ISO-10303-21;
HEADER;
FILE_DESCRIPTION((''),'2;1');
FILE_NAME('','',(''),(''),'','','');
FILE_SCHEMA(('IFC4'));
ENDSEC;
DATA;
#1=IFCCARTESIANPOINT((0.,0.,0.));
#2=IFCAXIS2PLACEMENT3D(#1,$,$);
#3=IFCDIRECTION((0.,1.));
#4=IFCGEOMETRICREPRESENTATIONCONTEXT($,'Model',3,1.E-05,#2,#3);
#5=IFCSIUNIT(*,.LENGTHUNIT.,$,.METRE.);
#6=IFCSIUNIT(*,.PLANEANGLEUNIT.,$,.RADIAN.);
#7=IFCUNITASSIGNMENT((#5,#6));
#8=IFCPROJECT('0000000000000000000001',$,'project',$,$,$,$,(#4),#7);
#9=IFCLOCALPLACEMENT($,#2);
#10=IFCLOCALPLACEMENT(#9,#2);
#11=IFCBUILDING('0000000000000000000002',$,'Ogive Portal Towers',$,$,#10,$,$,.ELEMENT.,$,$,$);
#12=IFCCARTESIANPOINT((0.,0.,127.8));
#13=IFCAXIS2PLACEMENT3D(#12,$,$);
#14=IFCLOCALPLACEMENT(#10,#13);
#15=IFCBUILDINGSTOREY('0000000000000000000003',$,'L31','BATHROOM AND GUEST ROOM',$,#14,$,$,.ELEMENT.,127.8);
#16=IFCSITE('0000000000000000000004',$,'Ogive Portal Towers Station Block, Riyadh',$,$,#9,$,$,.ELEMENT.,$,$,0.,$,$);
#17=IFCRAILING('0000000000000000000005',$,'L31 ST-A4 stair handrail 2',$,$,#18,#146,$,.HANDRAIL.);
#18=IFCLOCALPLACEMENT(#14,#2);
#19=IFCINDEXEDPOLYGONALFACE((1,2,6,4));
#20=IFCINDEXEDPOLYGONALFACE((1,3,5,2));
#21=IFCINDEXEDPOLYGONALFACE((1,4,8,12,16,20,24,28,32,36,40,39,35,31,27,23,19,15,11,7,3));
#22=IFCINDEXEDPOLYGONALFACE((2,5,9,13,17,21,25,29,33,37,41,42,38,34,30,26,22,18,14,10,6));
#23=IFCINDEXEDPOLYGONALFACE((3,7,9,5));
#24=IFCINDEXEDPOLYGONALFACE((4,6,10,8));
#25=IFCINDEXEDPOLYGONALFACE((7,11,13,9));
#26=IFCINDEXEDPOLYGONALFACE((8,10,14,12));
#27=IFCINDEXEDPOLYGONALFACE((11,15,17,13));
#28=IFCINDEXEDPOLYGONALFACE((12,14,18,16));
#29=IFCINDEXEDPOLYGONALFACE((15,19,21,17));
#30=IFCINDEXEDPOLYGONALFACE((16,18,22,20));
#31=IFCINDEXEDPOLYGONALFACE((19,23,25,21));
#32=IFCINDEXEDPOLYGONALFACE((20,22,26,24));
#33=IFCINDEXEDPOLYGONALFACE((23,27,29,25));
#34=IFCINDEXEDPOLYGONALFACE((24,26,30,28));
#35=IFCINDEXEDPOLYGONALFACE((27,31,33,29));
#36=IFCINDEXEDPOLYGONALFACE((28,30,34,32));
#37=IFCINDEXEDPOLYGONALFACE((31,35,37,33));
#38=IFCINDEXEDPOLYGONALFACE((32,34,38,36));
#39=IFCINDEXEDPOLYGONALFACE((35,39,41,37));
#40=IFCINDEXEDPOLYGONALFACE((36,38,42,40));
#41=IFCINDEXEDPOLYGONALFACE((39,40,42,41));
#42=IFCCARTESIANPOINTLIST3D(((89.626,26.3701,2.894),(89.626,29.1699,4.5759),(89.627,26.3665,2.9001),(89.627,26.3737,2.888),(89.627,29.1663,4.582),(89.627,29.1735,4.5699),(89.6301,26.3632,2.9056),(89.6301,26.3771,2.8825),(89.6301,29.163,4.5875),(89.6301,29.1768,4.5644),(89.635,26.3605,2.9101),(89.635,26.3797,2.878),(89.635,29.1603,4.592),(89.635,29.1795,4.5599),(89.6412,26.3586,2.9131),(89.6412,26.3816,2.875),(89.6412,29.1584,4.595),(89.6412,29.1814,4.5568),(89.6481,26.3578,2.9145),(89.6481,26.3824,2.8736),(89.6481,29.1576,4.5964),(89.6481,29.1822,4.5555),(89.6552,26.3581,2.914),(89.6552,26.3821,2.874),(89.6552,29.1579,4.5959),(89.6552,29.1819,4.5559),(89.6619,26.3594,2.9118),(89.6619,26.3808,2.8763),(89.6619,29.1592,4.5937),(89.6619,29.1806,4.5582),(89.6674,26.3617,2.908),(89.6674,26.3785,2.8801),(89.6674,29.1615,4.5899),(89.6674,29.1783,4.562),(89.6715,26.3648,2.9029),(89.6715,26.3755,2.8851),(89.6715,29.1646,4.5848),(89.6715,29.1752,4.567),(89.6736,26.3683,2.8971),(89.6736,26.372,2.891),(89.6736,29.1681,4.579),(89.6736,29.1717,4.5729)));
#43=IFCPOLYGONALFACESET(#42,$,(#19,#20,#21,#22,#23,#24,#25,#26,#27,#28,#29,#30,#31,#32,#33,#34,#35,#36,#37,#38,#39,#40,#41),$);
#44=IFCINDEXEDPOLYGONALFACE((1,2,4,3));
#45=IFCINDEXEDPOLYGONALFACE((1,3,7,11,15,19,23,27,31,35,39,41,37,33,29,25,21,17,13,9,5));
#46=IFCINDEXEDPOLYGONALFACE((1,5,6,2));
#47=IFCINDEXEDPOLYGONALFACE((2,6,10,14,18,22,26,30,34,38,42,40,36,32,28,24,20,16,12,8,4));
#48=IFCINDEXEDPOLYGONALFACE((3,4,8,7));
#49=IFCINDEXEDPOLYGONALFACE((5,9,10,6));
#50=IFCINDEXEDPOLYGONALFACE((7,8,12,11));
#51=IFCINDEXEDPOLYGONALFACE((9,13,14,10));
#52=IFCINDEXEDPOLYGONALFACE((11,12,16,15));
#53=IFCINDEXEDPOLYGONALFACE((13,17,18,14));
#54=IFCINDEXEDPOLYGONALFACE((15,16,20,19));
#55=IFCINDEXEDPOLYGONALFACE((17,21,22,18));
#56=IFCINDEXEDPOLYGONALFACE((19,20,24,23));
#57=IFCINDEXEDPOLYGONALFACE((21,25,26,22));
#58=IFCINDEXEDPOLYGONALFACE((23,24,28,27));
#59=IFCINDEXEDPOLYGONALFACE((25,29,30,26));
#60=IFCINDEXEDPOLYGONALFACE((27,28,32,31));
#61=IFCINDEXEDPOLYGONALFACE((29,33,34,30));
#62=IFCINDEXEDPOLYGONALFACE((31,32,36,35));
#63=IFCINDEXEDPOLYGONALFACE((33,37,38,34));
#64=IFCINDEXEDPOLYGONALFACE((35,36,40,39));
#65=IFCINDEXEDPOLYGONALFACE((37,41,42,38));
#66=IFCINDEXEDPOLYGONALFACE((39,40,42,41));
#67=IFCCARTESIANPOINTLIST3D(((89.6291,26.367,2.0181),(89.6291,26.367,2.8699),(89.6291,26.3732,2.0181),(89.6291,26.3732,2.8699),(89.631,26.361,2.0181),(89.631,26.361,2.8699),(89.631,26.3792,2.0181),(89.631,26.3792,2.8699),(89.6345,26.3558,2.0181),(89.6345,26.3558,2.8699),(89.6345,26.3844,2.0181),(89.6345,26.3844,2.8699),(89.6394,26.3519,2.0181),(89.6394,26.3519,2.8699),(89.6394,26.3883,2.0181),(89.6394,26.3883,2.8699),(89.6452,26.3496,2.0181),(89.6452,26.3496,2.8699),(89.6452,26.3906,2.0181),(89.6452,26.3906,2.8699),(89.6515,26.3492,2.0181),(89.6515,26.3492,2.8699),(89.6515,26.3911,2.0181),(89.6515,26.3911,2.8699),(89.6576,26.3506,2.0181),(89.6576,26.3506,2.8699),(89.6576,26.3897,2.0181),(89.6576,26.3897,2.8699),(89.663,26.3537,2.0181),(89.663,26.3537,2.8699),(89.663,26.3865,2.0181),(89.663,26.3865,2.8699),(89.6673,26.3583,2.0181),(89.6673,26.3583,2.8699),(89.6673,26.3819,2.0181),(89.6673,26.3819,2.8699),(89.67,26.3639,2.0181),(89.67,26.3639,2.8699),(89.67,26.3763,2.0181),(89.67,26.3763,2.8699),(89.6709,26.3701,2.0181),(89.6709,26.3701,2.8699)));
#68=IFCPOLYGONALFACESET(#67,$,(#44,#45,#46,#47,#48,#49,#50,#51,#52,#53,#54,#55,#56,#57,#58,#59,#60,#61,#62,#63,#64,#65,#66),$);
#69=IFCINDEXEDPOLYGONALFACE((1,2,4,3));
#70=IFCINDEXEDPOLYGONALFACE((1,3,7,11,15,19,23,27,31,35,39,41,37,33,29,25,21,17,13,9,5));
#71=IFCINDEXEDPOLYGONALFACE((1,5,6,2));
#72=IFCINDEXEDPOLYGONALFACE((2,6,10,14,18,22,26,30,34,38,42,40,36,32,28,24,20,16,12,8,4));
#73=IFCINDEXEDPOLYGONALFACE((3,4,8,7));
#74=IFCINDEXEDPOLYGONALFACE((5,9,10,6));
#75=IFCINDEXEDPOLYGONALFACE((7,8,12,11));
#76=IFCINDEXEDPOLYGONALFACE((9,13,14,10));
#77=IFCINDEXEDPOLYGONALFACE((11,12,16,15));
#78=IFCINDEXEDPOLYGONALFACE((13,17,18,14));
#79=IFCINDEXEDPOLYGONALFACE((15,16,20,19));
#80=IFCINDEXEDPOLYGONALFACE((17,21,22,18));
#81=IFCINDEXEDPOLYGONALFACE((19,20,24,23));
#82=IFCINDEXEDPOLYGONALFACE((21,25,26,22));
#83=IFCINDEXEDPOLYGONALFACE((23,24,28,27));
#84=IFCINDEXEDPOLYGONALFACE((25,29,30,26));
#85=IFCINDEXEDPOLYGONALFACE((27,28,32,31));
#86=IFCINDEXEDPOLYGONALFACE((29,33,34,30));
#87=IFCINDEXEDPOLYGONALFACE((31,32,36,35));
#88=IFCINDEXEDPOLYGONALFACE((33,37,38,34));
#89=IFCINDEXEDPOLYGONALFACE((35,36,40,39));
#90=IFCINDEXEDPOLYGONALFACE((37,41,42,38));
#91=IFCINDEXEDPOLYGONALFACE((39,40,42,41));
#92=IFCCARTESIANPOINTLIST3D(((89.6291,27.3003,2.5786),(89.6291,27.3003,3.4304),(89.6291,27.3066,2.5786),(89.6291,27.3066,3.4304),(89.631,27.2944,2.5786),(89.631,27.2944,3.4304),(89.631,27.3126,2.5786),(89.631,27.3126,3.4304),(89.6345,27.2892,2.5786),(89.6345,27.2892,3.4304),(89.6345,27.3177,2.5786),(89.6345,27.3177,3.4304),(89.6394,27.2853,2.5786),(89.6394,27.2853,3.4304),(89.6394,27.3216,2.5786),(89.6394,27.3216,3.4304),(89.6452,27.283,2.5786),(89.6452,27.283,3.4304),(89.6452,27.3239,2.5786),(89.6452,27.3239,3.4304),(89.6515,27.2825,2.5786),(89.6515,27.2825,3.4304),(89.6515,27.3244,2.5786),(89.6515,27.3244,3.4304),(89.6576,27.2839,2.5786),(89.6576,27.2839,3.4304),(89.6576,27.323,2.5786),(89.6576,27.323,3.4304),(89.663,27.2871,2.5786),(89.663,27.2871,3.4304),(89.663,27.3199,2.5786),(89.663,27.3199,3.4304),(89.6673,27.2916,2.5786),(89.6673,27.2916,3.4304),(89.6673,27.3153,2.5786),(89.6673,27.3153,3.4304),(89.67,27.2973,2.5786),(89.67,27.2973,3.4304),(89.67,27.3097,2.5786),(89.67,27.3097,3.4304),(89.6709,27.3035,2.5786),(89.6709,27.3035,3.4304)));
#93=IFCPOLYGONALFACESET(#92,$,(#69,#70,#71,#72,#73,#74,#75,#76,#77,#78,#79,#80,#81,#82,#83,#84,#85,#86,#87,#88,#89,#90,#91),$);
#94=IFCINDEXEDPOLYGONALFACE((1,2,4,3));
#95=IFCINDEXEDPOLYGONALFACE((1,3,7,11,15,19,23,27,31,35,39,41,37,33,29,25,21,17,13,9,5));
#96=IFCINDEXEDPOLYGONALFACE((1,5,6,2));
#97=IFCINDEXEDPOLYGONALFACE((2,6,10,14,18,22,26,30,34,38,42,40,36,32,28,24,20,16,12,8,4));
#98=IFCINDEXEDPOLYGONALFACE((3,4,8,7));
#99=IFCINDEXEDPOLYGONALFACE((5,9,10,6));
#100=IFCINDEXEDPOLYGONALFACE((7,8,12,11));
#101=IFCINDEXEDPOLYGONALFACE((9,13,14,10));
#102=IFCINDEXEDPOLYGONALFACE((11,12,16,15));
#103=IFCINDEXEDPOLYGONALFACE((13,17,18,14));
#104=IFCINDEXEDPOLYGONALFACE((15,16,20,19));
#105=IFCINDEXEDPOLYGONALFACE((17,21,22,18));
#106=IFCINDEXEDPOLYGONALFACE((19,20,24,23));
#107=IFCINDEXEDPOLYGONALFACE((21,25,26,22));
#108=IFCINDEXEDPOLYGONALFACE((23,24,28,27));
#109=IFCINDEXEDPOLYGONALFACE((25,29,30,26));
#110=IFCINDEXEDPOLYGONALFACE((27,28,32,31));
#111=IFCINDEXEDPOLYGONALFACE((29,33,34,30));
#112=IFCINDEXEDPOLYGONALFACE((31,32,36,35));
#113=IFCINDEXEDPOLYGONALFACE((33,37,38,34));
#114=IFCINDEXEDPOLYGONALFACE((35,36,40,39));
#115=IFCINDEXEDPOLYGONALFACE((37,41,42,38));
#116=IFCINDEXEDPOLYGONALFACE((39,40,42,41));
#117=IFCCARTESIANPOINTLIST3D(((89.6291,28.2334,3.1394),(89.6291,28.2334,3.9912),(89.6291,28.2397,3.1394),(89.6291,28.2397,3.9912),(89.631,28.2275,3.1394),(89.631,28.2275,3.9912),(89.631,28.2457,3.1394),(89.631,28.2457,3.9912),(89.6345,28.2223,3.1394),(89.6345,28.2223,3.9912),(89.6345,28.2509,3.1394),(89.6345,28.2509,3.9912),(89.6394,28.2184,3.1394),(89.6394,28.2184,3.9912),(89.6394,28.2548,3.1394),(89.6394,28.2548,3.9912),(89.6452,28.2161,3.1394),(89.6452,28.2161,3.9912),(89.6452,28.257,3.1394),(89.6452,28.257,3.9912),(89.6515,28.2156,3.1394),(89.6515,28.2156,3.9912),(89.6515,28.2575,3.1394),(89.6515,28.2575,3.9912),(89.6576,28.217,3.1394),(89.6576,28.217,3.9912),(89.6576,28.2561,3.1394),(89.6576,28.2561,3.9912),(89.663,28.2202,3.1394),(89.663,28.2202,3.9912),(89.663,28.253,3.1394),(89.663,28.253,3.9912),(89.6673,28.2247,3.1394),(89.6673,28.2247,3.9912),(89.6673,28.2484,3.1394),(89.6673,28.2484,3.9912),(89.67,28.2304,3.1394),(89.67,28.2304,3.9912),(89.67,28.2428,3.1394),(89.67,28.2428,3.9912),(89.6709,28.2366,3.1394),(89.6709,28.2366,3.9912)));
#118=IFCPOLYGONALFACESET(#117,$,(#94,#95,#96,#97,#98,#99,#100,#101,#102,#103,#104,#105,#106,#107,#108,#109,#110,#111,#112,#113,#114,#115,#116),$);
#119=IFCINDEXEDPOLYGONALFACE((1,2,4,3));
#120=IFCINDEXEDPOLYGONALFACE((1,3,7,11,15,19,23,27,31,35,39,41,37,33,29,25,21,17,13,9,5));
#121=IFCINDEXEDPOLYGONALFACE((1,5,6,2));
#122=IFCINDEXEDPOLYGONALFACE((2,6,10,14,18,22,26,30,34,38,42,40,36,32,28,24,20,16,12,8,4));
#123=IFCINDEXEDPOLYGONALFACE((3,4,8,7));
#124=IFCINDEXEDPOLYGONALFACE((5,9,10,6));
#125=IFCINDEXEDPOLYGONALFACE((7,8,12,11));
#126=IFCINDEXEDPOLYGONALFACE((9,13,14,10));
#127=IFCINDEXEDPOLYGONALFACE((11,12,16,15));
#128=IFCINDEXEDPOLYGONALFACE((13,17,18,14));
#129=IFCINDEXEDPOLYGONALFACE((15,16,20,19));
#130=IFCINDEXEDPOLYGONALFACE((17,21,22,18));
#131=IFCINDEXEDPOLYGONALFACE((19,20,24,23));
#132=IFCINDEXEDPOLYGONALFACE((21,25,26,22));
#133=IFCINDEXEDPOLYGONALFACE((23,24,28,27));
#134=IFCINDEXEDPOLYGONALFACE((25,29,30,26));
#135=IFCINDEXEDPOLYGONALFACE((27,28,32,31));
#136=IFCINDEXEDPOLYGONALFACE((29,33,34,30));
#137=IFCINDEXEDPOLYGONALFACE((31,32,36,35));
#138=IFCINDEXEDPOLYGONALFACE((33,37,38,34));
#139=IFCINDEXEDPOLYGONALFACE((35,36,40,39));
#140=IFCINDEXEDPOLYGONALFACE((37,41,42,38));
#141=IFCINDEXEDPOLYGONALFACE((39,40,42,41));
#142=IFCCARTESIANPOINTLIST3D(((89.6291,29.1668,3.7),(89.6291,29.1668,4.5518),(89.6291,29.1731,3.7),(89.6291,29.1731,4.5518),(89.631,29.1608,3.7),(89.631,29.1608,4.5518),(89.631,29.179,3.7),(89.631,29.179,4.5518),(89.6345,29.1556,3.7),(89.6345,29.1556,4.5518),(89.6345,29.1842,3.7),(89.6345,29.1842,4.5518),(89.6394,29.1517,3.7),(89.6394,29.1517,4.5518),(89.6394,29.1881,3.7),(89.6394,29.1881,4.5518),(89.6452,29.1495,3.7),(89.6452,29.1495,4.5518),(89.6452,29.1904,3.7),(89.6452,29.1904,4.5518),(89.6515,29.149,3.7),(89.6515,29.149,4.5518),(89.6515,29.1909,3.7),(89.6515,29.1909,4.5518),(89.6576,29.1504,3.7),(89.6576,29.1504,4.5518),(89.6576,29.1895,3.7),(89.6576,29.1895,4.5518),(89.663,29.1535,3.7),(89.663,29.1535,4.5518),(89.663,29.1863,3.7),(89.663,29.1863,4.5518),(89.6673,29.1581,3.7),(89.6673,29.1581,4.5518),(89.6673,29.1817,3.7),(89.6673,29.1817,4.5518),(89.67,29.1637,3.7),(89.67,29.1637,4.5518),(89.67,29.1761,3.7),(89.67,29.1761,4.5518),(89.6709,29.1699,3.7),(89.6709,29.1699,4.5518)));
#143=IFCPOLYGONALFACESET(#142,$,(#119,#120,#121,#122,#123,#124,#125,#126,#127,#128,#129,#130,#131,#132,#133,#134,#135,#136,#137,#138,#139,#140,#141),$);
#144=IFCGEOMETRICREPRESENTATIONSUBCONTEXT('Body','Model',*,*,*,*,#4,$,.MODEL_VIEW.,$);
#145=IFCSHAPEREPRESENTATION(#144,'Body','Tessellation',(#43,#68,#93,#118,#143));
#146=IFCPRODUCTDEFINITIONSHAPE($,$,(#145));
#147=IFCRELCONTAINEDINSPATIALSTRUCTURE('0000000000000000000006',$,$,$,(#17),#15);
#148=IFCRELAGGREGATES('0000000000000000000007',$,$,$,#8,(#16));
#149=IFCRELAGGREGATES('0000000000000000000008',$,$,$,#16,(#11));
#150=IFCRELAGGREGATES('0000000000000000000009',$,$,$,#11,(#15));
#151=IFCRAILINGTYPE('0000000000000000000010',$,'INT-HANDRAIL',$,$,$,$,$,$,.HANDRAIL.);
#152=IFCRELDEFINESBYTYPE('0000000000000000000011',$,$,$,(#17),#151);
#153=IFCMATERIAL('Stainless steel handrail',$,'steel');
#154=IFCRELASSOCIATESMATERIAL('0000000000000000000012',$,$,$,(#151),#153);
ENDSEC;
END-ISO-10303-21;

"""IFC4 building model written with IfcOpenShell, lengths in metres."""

from ifc_helpers import new_model, si_unit, direction, frame, origin, origin_2d, place, context, subcontext, project, spatial, circle, extrude, material, type_object, element, save


model = new_model("IFC4")

# Units and contexts
model_context = context("Model", 3, precision=1e-05, world=origin(), true_north=direction((0.0, 1.0)))
body_context = subcontext(model_context, "Body", "Model", "MODEL_VIEW")
ifc_project = project(units=[si_unit("LENGTHUNIT", "METRE"), si_unit("PLANEANGLEUNIT", "RADIAN")], contexts=[model_context])

# Site, building, storey
site_placement = place(None, origin())
site = spatial("IfcSite", under=ifc_project, at=site_placement, Name="Ogive Portal Towers Station Block, Riyadh", CompositionType="ELEMENT", RefElevation=0.0)
building_placement = place(site_placement, origin())
building = spatial("IfcBuilding", under=site, at=building_placement, Name="Ogive Portal Towers", CompositionType="ELEMENT")
storey_placement = place(building_placement, frame((0.0, 0.0, 127.8)))
storey = spatial("IfcBuildingStorey", under=building, at=storey_placement, Name="L31", Description="BATHROOM AND GUEST ROOM", CompositionType="ELEMENT", Elevation=127.8)

# Railing
ifc_material_1 = material(Name="Stainless steel handrail", Category="steel")
railing_type_1 = type_object("IfcRailingType", Name="INT-HANDRAIL", PredefinedType="HANDRAIL", material=ifc_material_1)
railing_1_placement = place(storey_placement, frame((89.6499, 26.3701, 2.0181)))
element("IfcRailing", 1, at=railing_1_placement, inside=storey, type_object=railing_type_1, Name="L31 ST-A4 stair handrail 2", PredefinedType="HANDRAIL", context=body_context, shape_type="SweptSolid", body=[
    extrude(circle(Radius=0.0239, at=origin_2d()), frame((0.0, 0.0, 0.876), z_axis=(0.0, 0.857222, 0.514946), x_axis=(-1.0, 0.0, 0.0)), (0.0, 0.0, 1.0), 3.2661),
    extrude(circle(Radius=0.021, at=origin_2d()), origin(), (0.0, 0.0, 1.0), 0.8518),
    extrude(circle(Radius=0.021, at=origin_2d()), frame((0.0, 0.9333, 0.5605)), (0.0, 0.0, 1.0), 0.8518),
    extrude(circle(Radius=0.021, at=origin_2d()), frame((0.0, 1.8665, 1.1213)), (0.0, 0.0, 1.0), 0.8518),
    extrude(circle(Radius=0.021, at=origin_2d()), frame((0.0, 2.7998, 1.6819)), (0.0, 0.0, 1.0), 0.8518),
])

save(model, "model.ifc")
